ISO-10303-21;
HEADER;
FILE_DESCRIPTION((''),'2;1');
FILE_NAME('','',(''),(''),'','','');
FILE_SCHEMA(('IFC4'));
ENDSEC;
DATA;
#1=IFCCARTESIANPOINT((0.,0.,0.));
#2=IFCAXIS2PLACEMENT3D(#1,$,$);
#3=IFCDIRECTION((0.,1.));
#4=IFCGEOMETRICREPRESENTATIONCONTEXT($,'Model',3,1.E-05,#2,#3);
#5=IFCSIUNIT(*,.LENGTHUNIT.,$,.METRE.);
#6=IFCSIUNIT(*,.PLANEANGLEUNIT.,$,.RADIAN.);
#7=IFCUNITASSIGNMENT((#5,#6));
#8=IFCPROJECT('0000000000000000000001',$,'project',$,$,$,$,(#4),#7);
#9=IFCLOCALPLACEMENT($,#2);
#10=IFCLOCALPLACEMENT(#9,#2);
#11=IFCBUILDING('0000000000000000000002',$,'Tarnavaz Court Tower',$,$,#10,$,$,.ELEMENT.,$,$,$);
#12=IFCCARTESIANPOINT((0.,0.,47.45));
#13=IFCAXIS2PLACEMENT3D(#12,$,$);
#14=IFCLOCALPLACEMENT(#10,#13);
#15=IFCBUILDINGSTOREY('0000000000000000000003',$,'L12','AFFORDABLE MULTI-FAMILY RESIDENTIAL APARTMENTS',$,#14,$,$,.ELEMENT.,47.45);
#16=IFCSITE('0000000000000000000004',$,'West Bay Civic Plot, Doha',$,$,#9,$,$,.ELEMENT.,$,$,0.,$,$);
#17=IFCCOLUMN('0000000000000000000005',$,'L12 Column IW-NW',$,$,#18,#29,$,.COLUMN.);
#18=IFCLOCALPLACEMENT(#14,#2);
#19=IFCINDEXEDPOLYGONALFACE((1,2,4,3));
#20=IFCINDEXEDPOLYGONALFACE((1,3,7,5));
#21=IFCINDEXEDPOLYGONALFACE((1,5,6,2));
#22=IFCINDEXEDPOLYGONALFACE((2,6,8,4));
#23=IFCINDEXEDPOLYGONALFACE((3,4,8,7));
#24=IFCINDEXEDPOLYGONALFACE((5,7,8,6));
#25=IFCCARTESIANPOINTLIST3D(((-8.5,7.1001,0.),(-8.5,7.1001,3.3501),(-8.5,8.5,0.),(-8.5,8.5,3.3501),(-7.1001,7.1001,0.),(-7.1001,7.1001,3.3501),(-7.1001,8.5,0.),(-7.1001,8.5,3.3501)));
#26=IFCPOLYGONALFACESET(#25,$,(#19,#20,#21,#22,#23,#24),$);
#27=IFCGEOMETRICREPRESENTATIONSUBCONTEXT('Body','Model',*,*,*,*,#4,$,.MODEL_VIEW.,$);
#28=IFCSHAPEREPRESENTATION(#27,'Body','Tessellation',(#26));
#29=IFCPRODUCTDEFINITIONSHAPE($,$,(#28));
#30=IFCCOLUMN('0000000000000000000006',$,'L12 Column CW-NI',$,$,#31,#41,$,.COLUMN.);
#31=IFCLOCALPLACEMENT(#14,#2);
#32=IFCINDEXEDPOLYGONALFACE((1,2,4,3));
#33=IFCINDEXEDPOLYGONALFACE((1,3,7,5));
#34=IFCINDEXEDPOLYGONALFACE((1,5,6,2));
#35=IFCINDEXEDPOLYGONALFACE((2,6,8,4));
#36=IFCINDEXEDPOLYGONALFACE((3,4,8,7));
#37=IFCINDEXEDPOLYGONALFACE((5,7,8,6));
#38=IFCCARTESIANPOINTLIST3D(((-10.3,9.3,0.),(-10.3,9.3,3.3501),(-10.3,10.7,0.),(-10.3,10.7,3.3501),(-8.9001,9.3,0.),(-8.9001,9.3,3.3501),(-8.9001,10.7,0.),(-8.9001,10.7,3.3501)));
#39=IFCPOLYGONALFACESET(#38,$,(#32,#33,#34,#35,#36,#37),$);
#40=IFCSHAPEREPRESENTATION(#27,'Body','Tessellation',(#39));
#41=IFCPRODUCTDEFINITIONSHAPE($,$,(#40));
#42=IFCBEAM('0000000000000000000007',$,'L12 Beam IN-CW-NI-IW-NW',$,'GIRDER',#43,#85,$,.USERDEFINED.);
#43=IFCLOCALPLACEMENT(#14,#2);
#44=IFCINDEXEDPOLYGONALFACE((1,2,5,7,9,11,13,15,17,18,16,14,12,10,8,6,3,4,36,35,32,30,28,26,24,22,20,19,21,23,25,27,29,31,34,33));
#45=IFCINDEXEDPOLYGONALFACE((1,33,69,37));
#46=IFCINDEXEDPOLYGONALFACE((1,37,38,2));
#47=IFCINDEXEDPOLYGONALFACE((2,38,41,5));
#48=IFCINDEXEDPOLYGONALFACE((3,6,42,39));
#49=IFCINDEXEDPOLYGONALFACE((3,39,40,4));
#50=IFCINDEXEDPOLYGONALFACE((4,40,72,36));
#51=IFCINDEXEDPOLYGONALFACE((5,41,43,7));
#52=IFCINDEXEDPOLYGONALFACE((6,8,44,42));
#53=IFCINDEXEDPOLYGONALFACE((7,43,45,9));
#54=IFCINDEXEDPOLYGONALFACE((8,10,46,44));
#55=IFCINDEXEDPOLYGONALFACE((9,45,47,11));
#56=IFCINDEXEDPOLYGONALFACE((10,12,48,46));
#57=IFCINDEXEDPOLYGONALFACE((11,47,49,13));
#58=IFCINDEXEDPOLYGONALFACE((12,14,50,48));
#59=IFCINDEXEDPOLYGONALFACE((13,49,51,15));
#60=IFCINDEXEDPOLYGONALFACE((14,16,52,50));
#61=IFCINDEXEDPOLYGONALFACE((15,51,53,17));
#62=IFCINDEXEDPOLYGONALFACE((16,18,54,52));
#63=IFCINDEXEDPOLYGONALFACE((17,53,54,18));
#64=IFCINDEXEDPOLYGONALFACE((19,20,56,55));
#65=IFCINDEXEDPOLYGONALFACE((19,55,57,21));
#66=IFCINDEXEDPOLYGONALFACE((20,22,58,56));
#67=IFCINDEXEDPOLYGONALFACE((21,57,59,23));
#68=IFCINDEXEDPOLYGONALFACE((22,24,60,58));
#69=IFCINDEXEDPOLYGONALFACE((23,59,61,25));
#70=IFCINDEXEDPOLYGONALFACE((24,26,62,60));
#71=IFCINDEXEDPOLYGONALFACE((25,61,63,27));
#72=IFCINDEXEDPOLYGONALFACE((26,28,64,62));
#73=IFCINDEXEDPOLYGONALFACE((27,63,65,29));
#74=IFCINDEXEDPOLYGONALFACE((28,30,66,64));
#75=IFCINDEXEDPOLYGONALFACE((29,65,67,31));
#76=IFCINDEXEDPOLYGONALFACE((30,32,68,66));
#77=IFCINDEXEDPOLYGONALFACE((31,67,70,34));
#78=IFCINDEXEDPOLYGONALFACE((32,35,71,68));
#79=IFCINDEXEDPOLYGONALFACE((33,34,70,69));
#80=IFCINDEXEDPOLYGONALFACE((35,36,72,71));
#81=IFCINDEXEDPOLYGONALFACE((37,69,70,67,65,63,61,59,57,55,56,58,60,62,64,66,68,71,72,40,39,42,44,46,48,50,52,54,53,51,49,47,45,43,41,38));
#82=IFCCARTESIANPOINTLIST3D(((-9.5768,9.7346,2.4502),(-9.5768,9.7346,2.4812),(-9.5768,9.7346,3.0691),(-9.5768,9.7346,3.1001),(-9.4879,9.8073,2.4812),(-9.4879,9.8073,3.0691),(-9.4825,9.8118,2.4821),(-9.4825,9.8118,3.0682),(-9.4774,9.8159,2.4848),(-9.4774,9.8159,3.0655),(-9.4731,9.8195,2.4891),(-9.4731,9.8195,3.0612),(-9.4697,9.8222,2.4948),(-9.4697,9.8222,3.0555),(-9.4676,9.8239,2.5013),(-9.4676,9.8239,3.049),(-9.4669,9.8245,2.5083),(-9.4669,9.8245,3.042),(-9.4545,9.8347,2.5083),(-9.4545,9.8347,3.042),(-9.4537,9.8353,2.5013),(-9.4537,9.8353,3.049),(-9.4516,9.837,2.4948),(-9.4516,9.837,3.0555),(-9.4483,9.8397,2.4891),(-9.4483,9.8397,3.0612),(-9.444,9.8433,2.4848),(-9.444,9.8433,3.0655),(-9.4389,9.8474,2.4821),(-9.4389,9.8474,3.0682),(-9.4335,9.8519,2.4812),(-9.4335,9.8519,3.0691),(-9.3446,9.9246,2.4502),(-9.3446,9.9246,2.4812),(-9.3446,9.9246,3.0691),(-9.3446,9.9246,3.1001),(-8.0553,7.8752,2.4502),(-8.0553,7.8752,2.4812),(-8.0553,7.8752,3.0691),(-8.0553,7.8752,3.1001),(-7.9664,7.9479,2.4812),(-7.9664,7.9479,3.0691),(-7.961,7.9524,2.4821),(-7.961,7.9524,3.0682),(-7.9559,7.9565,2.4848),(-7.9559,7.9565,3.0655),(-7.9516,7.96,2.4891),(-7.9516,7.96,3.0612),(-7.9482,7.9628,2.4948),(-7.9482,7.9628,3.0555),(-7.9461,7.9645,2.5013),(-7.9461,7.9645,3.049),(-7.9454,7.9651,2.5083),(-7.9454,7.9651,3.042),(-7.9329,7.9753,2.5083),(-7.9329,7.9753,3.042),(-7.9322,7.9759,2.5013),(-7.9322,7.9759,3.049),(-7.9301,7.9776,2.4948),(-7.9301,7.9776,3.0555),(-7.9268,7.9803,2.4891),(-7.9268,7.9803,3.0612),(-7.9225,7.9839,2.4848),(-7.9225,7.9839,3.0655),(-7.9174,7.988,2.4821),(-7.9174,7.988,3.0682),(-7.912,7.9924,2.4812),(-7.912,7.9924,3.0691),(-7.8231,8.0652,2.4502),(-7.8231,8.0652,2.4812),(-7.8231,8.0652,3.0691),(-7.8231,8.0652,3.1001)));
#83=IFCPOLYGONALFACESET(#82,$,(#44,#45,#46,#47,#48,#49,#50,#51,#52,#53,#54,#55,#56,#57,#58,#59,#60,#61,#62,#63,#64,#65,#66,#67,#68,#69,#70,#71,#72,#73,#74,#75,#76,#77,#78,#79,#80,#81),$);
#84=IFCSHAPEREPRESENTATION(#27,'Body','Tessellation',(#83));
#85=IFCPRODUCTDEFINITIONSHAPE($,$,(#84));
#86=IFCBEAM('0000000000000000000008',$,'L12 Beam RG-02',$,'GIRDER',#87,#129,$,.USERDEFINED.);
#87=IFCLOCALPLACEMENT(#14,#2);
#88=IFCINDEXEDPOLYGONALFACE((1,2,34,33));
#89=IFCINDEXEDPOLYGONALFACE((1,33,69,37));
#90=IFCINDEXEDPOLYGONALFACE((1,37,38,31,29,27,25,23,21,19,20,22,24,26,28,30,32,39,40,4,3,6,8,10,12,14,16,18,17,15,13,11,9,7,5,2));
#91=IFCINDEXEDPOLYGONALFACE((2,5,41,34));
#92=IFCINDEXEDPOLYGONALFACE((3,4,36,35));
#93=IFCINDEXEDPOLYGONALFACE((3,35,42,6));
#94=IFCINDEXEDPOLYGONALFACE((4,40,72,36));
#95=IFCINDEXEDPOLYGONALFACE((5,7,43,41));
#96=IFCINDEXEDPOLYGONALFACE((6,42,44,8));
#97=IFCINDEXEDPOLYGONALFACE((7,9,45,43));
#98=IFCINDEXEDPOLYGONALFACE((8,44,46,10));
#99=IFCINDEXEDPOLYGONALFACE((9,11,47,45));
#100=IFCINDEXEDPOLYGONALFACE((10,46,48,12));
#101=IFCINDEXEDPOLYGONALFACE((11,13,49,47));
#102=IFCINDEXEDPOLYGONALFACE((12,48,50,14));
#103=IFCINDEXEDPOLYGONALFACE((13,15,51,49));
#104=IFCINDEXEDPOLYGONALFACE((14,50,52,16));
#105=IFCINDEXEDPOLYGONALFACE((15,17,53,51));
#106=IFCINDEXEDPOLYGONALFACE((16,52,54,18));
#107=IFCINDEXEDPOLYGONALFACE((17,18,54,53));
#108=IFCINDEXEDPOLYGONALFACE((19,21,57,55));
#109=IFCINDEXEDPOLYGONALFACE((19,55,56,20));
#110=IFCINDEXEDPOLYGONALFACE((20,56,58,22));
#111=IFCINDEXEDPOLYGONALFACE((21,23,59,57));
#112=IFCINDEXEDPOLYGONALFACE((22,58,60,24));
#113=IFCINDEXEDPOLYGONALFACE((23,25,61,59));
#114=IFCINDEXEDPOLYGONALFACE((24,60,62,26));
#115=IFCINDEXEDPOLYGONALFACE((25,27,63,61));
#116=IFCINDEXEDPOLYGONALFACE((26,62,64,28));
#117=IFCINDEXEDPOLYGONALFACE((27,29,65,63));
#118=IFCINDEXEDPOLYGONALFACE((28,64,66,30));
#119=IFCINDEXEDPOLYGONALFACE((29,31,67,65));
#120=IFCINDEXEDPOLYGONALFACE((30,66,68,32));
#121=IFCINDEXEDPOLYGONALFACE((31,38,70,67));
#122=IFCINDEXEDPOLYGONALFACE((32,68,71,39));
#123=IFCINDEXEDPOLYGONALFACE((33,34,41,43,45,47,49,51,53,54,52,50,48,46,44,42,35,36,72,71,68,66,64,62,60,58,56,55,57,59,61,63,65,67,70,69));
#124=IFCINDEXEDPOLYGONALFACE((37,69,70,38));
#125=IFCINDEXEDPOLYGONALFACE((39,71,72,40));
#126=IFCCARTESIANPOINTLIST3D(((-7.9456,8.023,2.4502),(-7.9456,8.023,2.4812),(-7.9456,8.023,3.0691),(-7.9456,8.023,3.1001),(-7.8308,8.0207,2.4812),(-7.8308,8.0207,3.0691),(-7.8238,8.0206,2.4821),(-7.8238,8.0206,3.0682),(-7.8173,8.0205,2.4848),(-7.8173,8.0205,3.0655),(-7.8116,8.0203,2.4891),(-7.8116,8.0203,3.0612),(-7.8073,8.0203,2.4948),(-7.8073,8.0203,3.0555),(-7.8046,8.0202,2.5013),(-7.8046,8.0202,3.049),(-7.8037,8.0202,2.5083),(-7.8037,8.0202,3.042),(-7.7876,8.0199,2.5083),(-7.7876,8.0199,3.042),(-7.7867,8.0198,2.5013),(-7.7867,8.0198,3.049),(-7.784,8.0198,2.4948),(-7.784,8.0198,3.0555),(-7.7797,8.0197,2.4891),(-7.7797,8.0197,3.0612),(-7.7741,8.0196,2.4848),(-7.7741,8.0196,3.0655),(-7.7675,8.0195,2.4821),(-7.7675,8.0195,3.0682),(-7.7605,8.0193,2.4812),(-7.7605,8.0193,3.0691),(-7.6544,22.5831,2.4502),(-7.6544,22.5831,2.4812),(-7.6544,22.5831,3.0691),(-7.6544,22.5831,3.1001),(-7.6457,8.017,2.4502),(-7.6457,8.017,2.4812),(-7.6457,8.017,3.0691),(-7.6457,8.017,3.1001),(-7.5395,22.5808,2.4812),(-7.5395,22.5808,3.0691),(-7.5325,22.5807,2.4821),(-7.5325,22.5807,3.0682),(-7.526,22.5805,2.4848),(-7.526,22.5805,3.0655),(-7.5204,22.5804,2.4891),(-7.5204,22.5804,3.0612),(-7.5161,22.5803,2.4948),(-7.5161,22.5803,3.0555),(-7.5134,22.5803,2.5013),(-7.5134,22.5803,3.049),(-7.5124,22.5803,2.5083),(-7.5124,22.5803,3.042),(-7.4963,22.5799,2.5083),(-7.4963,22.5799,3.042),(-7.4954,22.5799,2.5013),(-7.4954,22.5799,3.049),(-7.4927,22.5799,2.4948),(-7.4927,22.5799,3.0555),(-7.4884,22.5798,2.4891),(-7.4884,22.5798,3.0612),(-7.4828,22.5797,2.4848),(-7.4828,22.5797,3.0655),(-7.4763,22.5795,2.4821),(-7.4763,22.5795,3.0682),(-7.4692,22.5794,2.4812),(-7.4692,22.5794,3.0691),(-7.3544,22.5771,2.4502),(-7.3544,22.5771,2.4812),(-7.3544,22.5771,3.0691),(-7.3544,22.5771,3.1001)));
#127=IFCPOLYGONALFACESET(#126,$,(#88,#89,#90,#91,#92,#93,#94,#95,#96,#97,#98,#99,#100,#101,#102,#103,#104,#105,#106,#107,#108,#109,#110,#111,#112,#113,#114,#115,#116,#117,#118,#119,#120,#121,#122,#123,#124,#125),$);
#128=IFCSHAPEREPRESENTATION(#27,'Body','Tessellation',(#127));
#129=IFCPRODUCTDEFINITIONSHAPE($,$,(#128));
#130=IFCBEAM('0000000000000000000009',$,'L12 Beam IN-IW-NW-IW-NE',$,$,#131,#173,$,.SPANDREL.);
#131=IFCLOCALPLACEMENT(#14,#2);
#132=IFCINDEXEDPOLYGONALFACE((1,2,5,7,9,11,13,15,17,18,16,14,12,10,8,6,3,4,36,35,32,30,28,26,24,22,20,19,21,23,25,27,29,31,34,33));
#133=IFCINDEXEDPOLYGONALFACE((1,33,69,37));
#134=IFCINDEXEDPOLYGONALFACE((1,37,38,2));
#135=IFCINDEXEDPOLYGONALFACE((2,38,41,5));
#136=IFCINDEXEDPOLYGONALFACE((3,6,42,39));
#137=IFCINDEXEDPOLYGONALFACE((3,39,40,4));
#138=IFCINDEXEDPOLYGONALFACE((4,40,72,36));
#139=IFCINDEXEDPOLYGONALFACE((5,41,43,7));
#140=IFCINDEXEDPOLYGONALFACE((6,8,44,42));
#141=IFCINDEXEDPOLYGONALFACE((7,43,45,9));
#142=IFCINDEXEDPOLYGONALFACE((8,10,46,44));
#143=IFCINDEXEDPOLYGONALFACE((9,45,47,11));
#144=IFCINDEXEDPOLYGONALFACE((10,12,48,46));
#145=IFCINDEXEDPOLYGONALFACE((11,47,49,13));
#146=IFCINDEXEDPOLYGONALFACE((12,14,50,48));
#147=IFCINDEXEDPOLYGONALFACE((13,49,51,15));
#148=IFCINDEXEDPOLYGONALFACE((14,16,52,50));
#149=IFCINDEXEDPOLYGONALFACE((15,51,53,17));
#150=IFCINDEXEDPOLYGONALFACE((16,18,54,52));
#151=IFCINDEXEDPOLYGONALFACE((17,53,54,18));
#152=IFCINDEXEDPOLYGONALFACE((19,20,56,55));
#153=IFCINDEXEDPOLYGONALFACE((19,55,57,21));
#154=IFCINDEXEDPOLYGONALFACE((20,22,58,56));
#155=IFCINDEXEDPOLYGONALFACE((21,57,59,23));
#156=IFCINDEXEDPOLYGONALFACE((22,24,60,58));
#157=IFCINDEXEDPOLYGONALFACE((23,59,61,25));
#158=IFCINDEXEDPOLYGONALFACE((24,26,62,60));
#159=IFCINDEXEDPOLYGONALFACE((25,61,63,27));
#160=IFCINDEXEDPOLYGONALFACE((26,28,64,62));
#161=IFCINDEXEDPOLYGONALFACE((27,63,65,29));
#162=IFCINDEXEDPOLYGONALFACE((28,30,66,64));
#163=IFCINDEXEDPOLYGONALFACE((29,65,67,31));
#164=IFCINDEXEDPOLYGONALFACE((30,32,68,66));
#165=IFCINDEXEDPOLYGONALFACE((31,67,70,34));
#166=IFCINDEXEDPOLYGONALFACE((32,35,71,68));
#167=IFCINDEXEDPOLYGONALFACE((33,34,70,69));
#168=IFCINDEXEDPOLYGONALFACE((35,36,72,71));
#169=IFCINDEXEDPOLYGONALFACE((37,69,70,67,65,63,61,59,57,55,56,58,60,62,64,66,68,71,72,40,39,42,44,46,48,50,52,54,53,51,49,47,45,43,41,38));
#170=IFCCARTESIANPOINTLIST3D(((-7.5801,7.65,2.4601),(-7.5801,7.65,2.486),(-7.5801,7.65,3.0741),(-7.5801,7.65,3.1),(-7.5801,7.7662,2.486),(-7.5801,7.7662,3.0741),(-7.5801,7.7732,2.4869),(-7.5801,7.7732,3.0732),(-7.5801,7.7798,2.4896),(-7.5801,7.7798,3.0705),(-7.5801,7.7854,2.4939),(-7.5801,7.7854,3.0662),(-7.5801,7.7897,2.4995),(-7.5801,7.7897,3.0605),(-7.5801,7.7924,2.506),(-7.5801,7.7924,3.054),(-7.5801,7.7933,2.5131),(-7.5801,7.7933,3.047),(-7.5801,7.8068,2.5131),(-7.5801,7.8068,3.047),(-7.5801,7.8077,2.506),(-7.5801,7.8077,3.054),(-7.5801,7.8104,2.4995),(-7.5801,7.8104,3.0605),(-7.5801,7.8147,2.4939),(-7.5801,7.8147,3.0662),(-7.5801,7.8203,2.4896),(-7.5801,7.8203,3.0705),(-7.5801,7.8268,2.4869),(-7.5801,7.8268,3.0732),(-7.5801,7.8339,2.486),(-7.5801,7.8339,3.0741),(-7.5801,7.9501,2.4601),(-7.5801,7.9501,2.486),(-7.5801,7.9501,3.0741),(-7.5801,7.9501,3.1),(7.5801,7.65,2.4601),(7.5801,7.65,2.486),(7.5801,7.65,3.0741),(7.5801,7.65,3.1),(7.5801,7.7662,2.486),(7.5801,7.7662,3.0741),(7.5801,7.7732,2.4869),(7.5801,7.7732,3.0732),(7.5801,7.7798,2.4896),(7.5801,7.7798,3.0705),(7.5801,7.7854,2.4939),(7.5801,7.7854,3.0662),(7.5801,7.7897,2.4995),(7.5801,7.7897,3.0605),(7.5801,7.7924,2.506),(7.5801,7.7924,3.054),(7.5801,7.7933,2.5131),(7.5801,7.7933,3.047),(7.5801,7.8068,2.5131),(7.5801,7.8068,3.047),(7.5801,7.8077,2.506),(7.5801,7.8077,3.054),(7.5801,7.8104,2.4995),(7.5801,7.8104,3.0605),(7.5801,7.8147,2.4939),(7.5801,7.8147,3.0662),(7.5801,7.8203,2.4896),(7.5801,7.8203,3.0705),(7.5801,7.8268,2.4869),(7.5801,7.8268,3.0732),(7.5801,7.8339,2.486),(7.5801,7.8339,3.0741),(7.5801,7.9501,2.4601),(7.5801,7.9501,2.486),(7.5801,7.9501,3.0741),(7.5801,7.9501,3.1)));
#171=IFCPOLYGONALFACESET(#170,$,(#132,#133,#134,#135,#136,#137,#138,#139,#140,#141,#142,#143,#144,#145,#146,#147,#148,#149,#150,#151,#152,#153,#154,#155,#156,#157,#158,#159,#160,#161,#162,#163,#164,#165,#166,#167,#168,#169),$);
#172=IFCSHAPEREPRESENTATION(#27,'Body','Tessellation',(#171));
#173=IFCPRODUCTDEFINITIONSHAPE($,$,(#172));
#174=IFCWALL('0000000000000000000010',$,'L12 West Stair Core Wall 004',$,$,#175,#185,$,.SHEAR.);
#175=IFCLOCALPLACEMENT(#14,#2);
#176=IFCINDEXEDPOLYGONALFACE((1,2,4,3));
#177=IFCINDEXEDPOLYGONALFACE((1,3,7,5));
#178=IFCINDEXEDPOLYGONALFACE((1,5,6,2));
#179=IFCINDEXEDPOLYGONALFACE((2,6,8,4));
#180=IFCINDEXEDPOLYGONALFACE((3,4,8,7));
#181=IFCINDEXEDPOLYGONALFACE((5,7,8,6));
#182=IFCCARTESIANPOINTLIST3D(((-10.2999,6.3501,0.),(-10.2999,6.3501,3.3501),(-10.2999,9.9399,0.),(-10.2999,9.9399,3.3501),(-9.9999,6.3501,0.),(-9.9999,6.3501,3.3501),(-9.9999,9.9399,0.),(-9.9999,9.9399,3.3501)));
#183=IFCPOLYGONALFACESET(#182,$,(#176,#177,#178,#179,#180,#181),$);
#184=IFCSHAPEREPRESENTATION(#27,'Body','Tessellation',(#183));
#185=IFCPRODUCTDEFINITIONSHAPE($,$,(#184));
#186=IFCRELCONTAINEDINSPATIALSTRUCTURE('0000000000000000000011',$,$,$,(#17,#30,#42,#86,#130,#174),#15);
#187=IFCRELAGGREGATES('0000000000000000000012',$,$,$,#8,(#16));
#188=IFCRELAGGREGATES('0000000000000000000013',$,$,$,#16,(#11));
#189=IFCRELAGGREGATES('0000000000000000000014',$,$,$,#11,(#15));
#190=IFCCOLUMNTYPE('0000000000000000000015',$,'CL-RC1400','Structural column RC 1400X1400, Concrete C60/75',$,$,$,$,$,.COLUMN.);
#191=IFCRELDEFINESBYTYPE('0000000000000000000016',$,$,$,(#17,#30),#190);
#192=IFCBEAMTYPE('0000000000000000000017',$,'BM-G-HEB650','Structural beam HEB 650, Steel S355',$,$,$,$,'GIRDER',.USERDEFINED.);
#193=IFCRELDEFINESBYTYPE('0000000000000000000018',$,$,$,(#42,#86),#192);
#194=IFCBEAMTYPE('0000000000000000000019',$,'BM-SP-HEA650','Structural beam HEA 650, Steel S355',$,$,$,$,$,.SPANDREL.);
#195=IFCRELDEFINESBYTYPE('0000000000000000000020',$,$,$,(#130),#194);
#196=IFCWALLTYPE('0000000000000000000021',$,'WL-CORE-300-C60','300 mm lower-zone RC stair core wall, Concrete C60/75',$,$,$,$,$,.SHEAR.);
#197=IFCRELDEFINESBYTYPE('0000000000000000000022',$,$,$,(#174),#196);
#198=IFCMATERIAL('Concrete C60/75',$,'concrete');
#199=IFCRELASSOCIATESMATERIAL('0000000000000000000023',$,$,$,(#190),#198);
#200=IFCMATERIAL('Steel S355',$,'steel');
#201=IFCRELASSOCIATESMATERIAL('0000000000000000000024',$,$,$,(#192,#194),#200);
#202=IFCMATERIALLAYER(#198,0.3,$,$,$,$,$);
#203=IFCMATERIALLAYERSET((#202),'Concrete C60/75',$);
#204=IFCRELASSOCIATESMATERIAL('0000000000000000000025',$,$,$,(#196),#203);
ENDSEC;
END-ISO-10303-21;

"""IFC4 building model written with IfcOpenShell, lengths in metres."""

from ifc_helpers import new_model, si_unit, direction, frame, frame_2d, origin, origin_2d, place, context, subcontext, project, spatial, rectangle, i_section, extrude, material, layer, layer_set, material_profile, profile_set, type_object, element, save


model = new_model("IFC4")

# Units and contexts
model_context = context("Model", 3, precision=1e-05, world=origin(), true_north=direction((0.0, 1.0)))
body_context = subcontext(model_context, "Body", "Model", "MODEL_VIEW")
ifc_project = project(units=[si_unit("LENGTHUNIT", "METRE"), si_unit("PLANEANGLEUNIT", "RADIAN")], contexts=[model_context])

# Site, building, storey
site_placement = place(None, origin())
site = spatial("IfcSite", under=ifc_project, at=site_placement, Name="West Bay Civic Plot, Doha", CompositionType="ELEMENT", RefElevation=0.0)
building_placement = place(site_placement, origin())
building = spatial("IfcBuilding", under=site, at=building_placement, Name="Tarnavaz Court Tower", CompositionType="ELEMENT")
storey_placement = place(building_placement, frame((0.0, 0.0, 47.45)))
storey = spatial("IfcBuildingStorey", under=building, at=storey_placement, Name="L12", Description="AFFORDABLE MULTI-FAMILY RESIDENTIAL APARTMENTS", CompositionType="ELEMENT", Elevation=47.45)

# Columns
ifc_material_1 = material(Name="Concrete C60/75", Category="concrete")
ifc_material_profile_1 = material_profile(ifc_material_1, rectangle(XDim=1.3999, YDim=1.3999, at=origin_2d()), Name="RC 1400X1400")
ifc_profile_set_1 = profile_set([ifc_material_profile_1], Name="Concrete C60/75")
column_type = type_object("IfcColumnType", Name="CL-RC1400", Description="Structural column RC 1400X1400, Concrete C60/75", PredefinedType="COLUMN", material=ifc_profile_set_1)
for number, where, z_axis, x_axis, name in (
    (1, (-7.8, 7.8, 0.0), (0.0, 0.0, 1.0), (1.0, 0.0, 0.0), "L12 Column IW-NW"),
    (2, (-9.6001, 10.0, 0.0), (0.0, 0.0, 1.0), (1.0, 0.0, 0.0), "L12 Column CW-NI"),
):
    element("IfcColumn", number, at=place(storey_placement, frame(where, z_axis=z_axis, x_axis=x_axis)), inside=storey, type_object=column_type, Name=name, PredefinedType="COLUMN", context=body_context, shape_type="SweptSolid", body=[
        extrude(rectangle(XDim=1.3999, YDim=1.3999, at=origin_2d()), origin(), (0.0, 0.0, 1.0), 3.3501),
    ])

# Beams
ifc_material_2 = material(Name="Steel S355", Category="steel")
ifc_material_profile_2 = material_profile(ifc_material_2, i_section(OverallWidth=0.3, OverallDepth=0.6499, WebThickness=0.0161, FlangeThickness=0.031, FilletRadius=0.0271, at=origin_2d()), Name="HEB 650")
ifc_profile_set_2 = profile_set([ifc_material_profile_2], Name="Steel S355")
beam_type_1 = type_object("IfcBeamType", Name="BM-G-HEB650", Description="Structural beam HEB 650, Steel S355", ElementType="GIRDER", PredefinedType="USERDEFINED", material=ifc_profile_set_2)
beam_1_placement = place(storey_placement, frame((-9.4607, 9.8296, 2.7751), z_axis=(0.633282, -0.773921, 0.0), x_axis=(0.773921, 0.633282, 0.0)))
element("IfcBeam", 3, at=beam_1_placement, inside=storey, type_object=beam_type_1, Name="L12 Beam IN-CW-NI-IW-NW", ObjectType="GIRDER", PredefinedType="USERDEFINED", context=body_context, shape_type="SweptSolid", body=[
    extrude(i_section(OverallWidth=0.3, OverallDepth=0.6499, WebThickness=0.0161, FlangeThickness=0.031, FilletRadius=0.0271, at=origin_2d()), origin(), (0.0, 0.0, 1.0), 2.4026),
])
beam_2_placement = place(storey_placement, frame((-7.7957, 8.02, 2.7751), z_axis=(0.02, 0.9998, 0.0), x_axis=(-0.9998, 0.02, 0.0)))
element("IfcBeam", 4, at=beam_2_placement, inside=storey, type_object=beam_type_1, Name="L12 Beam RG-02", ObjectType="GIRDER", PredefinedType="USERDEFINED", context=body_context, shape_type="SweptSolid", body=[
    extrude(i_section(OverallWidth=0.3, OverallDepth=0.6499, WebThickness=0.0161, FlangeThickness=0.031, FilletRadius=0.0271, at=origin_2d()), origin(), (0.0, 0.0, 1.0), 14.563),
])
ifc_material_profile_3 = material_profile(ifc_material_2, i_section(OverallWidth=0.3, OverallDepth=0.6399, WebThickness=0.0134, FlangeThickness=0.0259, FilletRadius=0.0271, at=origin_2d()), Name="HEA 650")
ifc_profile_set_3 = profile_set([ifc_material_profile_3], Name="Steel S355")
beam_type_2 = type_object("IfcBeamType", Name="BM-SP-HEA650", Description="Structural beam HEA 650, Steel S355", PredefinedType="SPANDREL", material=ifc_profile_set_3)
beam_3_placement = place(storey_placement, frame((-7.5801, 7.8, 2.78), z_axis=(1.0, 0.0, 0.0), x_axis=(0.0, 1.0, 0.0)))
element("IfcBeam", 5, at=beam_3_placement, inside=storey, type_object=beam_type_2, Name="L12 Beam IN-IW-NW-IW-NE", PredefinedType="SPANDREL", context=body_context, shape_type="SweptSolid", body=[
    extrude(i_section(OverallWidth=0.3, OverallDepth=0.6399, WebThickness=0.0134, FlangeThickness=0.0259, FilletRadius=0.0271, at=origin_2d()), origin(), (0.0, 0.0, 1.0), 15.1602),
])

# Wall
ifc_layer_1 = layer(ifc_material_1, 0.3)
ifc_layer_set_1 = layer_set([ifc_layer_1], Name="Concrete C60/75")
wall_type_1 = type_object("IfcWallType", Name="WL-CORE-300-C60", Description="300 mm lower-zone RC stair core wall, Concrete C60/75", PredefinedType="SHEAR", material=ifc_layer_set_1)
wall_1_placement = place(storey_placement, frame((-10.1499, 6.3501, 0.0), z_axis=(0.0, 0.0, 1.0), x_axis=(0.0, 1.0, 0.0)))
element("IfcWall", 6, at=wall_1_placement, inside=storey, type_object=wall_type_1, Name="L12 West Stair Core Wall 004", PredefinedType="SHEAR", context=body_context, shape_type="SweptSolid", body=[
    extrude(rectangle(XDim=3.5898, YDim=0.3, at=frame_2d((1.7949, 0.0))), origin(), (0.0, 0.0, 1.0), 3.3501),
])

save(model, "model.ifc")
